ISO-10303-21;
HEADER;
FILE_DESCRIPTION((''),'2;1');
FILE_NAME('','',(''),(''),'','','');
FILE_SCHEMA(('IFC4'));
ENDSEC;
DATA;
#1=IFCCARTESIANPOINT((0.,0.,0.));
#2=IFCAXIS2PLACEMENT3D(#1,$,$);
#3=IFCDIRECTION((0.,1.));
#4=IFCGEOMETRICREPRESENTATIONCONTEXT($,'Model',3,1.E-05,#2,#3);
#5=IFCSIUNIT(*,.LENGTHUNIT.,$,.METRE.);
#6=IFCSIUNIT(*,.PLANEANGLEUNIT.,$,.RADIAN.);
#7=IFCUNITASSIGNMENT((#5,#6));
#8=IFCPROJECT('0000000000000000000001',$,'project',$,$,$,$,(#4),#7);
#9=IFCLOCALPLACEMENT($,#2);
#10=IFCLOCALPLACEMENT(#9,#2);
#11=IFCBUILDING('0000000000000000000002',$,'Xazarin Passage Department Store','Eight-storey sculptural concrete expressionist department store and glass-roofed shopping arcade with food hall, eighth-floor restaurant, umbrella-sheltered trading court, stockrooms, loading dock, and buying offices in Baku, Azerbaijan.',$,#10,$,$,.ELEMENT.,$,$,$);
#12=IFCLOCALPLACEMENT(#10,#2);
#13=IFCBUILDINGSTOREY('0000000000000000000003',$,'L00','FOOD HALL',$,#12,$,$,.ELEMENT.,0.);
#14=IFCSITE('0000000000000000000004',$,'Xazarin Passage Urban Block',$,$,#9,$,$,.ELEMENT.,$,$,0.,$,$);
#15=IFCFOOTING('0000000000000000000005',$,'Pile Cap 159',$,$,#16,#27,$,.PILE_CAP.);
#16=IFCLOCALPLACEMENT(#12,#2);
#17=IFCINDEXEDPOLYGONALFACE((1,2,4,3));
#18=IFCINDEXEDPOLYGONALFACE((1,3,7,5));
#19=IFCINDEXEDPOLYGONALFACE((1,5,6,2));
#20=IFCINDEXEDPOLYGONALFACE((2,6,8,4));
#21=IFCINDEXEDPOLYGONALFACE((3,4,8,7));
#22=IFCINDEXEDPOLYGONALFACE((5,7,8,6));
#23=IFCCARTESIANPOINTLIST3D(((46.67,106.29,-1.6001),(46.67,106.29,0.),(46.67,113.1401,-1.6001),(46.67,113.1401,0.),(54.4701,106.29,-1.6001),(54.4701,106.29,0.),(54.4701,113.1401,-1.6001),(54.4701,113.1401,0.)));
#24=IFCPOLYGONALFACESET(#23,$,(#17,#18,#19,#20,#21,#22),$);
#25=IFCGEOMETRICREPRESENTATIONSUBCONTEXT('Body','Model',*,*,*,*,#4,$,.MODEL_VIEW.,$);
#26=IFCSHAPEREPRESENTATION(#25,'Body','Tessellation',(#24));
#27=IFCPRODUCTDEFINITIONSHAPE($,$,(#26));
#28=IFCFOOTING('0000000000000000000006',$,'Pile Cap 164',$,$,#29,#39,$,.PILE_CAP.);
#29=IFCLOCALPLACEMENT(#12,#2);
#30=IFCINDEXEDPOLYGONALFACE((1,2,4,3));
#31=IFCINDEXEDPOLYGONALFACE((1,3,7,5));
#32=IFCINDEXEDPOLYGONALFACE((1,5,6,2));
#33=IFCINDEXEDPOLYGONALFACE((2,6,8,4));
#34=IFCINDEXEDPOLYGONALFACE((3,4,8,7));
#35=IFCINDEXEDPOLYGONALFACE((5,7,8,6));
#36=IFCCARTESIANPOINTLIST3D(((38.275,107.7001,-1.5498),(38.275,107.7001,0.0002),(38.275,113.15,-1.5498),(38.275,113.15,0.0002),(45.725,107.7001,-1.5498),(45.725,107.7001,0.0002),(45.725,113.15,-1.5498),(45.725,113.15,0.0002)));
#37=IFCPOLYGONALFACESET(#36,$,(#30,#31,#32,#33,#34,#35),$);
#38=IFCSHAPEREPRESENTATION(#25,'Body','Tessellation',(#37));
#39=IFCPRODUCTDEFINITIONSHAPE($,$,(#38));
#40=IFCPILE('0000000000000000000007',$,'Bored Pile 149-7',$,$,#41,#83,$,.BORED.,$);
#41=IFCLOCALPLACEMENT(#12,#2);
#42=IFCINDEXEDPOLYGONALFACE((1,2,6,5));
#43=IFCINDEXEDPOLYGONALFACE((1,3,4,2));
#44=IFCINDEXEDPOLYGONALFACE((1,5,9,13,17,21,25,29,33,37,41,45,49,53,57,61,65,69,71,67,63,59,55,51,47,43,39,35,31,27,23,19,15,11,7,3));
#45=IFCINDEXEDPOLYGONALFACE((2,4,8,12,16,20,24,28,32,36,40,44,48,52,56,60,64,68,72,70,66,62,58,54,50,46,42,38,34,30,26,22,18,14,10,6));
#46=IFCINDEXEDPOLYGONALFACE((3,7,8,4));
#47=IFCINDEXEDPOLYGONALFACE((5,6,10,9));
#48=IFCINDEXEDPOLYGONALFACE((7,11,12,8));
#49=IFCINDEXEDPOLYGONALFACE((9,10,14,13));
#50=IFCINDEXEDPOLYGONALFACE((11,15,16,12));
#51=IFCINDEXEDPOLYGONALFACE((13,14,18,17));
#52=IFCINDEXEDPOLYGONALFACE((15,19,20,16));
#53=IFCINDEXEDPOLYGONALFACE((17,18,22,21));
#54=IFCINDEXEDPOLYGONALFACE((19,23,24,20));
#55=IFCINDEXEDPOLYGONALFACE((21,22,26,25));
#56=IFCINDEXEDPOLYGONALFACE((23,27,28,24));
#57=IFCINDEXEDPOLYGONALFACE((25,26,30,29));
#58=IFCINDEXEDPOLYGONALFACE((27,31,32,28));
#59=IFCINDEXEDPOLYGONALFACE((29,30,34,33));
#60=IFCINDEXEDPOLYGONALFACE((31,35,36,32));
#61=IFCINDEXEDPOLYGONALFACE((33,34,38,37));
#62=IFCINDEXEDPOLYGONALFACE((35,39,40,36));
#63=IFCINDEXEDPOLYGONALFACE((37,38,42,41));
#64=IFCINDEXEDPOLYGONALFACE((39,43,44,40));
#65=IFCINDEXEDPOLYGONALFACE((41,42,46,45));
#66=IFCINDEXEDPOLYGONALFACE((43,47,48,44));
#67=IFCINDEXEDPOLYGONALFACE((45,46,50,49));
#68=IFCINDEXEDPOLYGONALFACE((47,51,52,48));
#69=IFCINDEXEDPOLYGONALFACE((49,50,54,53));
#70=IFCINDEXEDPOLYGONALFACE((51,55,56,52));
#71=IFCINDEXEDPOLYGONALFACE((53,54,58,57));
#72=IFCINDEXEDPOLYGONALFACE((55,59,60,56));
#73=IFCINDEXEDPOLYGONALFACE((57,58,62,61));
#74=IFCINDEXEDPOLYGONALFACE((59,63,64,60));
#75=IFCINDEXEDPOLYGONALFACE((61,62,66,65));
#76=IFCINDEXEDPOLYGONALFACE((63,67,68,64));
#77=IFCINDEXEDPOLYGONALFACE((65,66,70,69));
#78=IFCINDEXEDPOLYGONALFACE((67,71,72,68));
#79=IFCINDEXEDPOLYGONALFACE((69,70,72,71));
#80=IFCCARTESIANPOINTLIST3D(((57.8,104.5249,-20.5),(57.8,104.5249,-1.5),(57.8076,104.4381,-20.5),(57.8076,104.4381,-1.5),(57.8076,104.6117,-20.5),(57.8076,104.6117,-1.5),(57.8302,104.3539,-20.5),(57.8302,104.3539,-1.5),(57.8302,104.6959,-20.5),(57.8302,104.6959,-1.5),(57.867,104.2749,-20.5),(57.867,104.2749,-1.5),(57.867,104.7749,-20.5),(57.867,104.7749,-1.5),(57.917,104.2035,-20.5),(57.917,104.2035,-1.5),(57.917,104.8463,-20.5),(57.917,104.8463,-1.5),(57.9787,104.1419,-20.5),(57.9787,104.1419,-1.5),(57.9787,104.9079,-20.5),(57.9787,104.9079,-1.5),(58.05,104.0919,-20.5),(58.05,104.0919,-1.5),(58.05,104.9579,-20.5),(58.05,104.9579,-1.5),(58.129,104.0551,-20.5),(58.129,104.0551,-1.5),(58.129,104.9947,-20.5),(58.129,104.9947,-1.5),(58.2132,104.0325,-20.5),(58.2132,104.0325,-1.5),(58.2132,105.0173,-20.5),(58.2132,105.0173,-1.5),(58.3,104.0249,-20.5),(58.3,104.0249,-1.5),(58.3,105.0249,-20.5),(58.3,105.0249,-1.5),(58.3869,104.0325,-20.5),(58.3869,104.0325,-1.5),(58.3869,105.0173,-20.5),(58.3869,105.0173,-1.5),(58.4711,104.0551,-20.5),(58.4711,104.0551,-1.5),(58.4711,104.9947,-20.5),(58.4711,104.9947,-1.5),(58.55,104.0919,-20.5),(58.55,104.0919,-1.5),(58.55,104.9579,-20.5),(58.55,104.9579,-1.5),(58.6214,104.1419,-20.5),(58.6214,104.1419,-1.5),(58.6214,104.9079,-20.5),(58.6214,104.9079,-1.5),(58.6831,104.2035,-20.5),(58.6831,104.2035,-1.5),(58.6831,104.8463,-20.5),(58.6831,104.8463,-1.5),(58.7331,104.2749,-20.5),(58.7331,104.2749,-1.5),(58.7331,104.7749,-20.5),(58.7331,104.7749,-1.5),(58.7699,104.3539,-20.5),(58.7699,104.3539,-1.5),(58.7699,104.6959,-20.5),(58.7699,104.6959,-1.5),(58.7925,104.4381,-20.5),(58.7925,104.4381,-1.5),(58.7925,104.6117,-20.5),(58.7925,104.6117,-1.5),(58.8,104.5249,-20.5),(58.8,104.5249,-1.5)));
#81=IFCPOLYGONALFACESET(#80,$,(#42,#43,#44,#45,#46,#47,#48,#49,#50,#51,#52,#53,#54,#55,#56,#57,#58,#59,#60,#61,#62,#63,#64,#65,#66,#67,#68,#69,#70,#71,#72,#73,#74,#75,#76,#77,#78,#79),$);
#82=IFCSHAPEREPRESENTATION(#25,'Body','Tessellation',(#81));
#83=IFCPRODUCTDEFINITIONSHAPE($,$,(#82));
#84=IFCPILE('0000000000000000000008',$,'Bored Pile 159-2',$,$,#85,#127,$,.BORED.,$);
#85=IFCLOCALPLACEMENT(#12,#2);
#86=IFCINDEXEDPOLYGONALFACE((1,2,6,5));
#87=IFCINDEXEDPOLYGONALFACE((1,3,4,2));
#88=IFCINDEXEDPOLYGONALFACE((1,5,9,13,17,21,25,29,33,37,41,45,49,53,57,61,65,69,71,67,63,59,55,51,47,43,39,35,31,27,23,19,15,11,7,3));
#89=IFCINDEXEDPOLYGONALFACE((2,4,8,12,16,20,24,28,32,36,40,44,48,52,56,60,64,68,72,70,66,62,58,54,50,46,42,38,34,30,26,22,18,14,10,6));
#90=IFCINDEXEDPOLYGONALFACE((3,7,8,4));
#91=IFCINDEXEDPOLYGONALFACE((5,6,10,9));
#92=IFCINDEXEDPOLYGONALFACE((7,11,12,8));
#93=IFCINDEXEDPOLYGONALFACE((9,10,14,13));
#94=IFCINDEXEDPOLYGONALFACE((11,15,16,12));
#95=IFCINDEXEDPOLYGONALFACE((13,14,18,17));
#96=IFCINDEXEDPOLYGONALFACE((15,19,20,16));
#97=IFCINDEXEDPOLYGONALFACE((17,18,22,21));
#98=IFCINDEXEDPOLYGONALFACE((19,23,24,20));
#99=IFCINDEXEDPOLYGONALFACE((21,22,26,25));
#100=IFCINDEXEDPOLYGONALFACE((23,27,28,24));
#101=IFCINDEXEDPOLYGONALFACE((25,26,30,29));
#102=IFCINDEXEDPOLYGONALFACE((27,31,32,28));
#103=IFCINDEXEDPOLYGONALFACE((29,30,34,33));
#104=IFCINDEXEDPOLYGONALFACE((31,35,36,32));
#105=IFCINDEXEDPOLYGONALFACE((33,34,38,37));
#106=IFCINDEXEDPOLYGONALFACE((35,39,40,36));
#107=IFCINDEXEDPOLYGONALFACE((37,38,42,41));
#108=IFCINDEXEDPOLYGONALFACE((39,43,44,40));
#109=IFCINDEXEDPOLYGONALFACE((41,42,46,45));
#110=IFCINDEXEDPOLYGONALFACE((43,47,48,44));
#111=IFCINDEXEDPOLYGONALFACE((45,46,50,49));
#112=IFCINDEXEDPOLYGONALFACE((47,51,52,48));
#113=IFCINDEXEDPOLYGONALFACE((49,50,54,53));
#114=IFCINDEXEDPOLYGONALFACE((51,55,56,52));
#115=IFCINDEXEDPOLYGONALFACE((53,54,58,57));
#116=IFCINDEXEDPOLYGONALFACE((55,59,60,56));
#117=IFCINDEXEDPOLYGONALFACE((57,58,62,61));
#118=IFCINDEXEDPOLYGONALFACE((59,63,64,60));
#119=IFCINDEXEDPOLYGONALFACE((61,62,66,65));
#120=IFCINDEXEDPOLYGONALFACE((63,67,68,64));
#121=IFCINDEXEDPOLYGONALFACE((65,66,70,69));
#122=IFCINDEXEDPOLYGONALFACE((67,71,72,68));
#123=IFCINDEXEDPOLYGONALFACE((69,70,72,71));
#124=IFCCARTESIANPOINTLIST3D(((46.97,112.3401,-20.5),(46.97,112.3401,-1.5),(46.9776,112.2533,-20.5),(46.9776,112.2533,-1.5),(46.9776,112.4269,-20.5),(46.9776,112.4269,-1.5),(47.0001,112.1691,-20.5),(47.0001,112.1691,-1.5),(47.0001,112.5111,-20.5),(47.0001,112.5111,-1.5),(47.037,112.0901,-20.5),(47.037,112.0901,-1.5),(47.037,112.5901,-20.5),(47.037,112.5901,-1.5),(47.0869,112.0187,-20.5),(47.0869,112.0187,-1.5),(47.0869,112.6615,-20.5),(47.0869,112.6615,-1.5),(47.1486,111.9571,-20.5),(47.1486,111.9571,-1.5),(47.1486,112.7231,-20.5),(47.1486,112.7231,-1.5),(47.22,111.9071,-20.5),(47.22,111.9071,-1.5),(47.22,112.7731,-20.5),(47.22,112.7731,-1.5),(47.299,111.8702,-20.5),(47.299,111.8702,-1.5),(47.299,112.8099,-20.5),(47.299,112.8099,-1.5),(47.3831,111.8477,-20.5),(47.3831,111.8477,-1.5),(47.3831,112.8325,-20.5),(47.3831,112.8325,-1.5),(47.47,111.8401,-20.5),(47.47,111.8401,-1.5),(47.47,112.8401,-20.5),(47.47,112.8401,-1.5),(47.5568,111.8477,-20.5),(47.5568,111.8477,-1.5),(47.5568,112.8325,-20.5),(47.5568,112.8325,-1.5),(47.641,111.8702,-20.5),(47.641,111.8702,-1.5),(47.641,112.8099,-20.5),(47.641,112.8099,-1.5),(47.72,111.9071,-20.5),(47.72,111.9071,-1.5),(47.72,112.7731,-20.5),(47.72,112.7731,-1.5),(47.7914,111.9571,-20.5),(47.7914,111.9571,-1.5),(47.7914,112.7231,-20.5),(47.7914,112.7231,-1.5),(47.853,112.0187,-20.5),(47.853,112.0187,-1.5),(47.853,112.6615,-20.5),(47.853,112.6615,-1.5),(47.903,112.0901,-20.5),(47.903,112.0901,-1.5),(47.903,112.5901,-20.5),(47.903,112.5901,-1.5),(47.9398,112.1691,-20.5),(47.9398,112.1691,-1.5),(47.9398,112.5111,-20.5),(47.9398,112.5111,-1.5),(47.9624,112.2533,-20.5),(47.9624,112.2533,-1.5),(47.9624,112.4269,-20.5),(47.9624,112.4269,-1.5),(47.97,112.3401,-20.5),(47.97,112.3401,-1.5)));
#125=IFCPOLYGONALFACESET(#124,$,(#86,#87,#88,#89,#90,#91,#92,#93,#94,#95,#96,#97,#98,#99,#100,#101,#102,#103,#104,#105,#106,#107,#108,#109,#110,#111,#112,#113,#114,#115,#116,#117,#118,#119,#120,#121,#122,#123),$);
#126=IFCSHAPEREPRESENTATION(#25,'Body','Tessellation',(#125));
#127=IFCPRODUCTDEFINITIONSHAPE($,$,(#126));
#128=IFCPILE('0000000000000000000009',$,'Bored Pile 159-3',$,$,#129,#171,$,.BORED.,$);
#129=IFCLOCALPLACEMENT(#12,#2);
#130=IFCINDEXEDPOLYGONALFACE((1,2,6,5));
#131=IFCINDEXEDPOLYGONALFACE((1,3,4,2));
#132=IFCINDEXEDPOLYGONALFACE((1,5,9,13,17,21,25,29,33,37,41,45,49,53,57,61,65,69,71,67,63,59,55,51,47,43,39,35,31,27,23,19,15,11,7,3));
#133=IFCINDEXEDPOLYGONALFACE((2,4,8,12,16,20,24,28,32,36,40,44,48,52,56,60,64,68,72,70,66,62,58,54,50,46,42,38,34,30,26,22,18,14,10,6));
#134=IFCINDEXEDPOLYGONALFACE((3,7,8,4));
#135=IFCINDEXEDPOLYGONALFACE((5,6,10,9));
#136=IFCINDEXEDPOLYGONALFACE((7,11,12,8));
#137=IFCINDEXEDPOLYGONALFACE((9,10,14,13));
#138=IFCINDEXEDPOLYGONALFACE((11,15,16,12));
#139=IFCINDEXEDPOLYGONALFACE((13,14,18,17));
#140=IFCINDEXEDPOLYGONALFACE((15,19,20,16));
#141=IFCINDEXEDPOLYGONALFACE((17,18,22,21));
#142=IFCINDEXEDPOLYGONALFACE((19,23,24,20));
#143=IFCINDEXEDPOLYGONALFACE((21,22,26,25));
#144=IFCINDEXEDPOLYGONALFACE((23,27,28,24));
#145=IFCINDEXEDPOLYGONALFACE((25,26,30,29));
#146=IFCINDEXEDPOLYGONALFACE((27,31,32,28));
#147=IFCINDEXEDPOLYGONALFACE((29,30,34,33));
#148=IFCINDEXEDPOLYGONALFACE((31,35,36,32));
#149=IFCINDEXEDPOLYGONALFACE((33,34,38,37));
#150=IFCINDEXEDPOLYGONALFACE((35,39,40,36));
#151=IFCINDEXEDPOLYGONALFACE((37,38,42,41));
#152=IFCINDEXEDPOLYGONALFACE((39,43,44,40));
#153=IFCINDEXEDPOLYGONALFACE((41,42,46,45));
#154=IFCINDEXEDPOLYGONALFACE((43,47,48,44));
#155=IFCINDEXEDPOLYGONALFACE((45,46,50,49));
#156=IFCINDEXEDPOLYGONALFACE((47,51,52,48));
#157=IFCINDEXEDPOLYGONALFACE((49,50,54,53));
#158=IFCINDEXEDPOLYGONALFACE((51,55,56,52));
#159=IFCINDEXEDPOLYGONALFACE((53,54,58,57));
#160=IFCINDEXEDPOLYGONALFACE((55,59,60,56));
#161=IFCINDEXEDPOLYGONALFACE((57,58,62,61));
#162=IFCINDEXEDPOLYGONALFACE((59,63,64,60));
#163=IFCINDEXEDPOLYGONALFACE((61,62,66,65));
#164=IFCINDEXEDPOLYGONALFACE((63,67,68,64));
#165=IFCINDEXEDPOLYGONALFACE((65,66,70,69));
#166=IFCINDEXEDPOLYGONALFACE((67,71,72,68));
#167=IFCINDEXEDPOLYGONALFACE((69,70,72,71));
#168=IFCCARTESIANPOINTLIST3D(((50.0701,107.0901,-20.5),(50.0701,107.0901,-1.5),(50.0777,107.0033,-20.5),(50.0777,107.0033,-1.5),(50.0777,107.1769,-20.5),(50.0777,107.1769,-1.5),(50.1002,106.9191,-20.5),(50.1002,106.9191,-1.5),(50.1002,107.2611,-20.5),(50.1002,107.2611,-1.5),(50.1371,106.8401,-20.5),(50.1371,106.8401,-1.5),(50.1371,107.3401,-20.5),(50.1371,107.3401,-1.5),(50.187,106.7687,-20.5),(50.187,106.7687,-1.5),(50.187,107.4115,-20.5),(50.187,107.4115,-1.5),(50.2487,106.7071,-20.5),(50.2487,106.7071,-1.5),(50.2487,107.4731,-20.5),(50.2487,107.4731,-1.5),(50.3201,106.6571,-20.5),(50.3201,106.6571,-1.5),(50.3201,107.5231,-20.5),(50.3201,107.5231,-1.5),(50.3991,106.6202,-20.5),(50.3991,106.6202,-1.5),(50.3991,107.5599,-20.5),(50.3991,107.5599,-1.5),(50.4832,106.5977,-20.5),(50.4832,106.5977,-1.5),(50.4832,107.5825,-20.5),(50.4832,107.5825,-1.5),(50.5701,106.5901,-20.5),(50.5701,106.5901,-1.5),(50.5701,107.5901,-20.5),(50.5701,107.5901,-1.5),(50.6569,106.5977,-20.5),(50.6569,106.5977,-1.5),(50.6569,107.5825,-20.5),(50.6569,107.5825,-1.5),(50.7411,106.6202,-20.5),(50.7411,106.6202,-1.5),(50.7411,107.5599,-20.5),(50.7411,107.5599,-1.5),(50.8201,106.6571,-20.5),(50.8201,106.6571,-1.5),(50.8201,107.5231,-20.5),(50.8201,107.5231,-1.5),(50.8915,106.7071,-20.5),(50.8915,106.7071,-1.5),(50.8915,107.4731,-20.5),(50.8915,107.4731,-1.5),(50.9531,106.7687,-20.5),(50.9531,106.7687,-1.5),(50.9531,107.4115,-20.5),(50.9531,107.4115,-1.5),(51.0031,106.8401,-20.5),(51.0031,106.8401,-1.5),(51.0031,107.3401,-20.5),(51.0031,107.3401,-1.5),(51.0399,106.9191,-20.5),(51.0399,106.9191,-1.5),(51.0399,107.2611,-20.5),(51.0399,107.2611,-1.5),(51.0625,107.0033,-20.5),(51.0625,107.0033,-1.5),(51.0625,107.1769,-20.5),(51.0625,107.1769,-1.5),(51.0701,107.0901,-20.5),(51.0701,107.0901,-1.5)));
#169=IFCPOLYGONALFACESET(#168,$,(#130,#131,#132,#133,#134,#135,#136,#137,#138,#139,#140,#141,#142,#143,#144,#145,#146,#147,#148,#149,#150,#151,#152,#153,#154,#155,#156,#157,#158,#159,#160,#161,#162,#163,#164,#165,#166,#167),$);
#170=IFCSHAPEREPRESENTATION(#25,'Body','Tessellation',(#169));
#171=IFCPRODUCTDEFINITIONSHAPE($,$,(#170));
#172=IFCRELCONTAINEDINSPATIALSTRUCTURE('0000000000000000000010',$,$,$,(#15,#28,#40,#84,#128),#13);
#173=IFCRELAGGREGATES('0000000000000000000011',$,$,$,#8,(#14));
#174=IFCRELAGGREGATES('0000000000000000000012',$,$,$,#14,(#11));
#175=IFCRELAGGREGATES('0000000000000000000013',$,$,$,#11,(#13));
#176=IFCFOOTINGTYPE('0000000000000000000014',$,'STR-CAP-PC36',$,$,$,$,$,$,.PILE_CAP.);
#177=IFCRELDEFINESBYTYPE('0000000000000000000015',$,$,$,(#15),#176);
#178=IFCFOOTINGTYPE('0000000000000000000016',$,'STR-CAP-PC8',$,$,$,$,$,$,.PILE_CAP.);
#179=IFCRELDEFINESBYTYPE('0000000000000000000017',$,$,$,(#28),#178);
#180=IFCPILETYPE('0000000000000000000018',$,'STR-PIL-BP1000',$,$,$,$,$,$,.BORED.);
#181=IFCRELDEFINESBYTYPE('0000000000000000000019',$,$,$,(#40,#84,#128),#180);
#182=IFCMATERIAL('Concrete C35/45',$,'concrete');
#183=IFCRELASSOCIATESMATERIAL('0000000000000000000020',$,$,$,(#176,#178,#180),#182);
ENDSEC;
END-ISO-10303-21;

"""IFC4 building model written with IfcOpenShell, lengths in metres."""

from ifc_helpers import new_model, si_unit, direction, frame, origin, origin_2d, place, context, subcontext, project, spatial, rectangle, circle, extrude, material, material_profile, profile_set, type_object, element, save


model = new_model("IFC4")

# Units and contexts
model_context = context("Model", 3, precision=1e-05, world=origin(), true_north=direction((0.0, 1.0)))
body_context = subcontext(model_context, "Body", "Model", "MODEL_VIEW")
ifc_project = project(units=[si_unit("LENGTHUNIT", "METRE"), si_unit("PLANEANGLEUNIT", "RADIAN")], contexts=[model_context])

# Site, building, storey
site_placement = place(None, origin())
site = spatial("IfcSite", under=ifc_project, at=site_placement, Name="Xazarin Passage Urban Block", CompositionType="ELEMENT", RefElevation=0.0)
building_placement = place(site_placement, origin())
building = spatial("IfcBuilding", under=site, at=building_placement, Name="Xazarin Passage Department Store", Description="Eight-storey sculptural concrete expressionist department store and glass-roofed shopping arcade with food hall, eighth-floor restaurant, umbrella-sheltered trading court, stockrooms, loading dock, and buying offices in Baku, Azerbaijan.", CompositionType="ELEMENT")
storey_placement = place(building_placement, origin())
storey = spatial("IfcBuildingStorey", under=building, at=storey_placement, Name="L00", Description="FOOD HALL", CompositionType="ELEMENT", Elevation=0.0)

# Footings
ifc_material_1 = material(Name="Concrete C35/45", Category="concrete")
footing_type_1 = type_object("IfcFootingType", Name="STR-CAP-PC36", PredefinedType="PILE_CAP", material=ifc_material_1)
footing_1_placement = place(storey_placement, frame((50.5701, 109.7151, -1.6001), z_axis=(0.0, 0.0, 1.0), x_axis=(1.0, 0.0, 0.0)))
element("IfcFooting", 1, at=footing_1_placement, inside=storey, type_object=footing_type_1, Name="Pile Cap 159", PredefinedType="PILE_CAP", context=body_context, shape_type="SweptSolid", body=[
    extrude(rectangle(XDim=7.8, YDim=6.8501, at=origin_2d()), origin(), (0.0, 0.0, 1.0), 1.6001),
])
footing_type_2 = type_object("IfcFootingType", Name="STR-CAP-PC8", PredefinedType="PILE_CAP", material=ifc_material_1)
footing_2_placement = place(storey_placement, frame((42.0, 110.425, -1.5498), z_axis=(0.0, 0.0, 1.0), x_axis=(1.0, 0.0, 0.0)))
element("IfcFooting", 2, at=footing_2_placement, inside=storey, type_object=footing_type_2, Name="Pile Cap 164", PredefinedType="PILE_CAP", context=body_context, shape_type="SweptSolid", body=[
    extrude(rectangle(XDim=7.45, YDim=5.45, at=origin_2d()), origin(), (0.0, 0.0, 1.0), 1.55),
])

# Piles
ifc_material_profile_1 = material_profile(ifc_material_1, circle(Radius=0.5, at=origin_2d()), Name="BP 1000")
ifc_profile_set_1 = profile_set([ifc_material_profile_1], Name="Concrete C35/45")
pile_type_1 = type_object("IfcPileType", Name="STR-PIL-BP1000", PredefinedType="BORED", material=ifc_profile_set_1)
for number, where, z_axis, x_axis, name in (
    (3, (58.3, 104.5249, -1.5), (0.0, 0.0, -1.0), (1.0, 0.0, 0.0), "Bored Pile 149-7"),
    (4, (47.47, 112.3401, -1.5), (0.0, 0.0, -1.0), (1.0, 0.0, 0.0), "Bored Pile 159-2"),
    (5, (50.5701, 107.0901, -1.5), (0.0, 0.0, -1.0), (1.0, 0.0, 0.0), "Bored Pile 159-3"),
):
    element("IfcPile", number, at=place(storey_placement, frame(where, z_axis=z_axis, x_axis=x_axis)), inside=storey, type_object=pile_type_1, Name=name, PredefinedType="BORED", context=body_context, shape_type="SweptSolid", body=[
        extrude(circle(Radius=0.5, at=origin_2d()), origin(), (0.0, 0.0, 1.0), 19.0),
    ])

save(model, "model.ifc")
